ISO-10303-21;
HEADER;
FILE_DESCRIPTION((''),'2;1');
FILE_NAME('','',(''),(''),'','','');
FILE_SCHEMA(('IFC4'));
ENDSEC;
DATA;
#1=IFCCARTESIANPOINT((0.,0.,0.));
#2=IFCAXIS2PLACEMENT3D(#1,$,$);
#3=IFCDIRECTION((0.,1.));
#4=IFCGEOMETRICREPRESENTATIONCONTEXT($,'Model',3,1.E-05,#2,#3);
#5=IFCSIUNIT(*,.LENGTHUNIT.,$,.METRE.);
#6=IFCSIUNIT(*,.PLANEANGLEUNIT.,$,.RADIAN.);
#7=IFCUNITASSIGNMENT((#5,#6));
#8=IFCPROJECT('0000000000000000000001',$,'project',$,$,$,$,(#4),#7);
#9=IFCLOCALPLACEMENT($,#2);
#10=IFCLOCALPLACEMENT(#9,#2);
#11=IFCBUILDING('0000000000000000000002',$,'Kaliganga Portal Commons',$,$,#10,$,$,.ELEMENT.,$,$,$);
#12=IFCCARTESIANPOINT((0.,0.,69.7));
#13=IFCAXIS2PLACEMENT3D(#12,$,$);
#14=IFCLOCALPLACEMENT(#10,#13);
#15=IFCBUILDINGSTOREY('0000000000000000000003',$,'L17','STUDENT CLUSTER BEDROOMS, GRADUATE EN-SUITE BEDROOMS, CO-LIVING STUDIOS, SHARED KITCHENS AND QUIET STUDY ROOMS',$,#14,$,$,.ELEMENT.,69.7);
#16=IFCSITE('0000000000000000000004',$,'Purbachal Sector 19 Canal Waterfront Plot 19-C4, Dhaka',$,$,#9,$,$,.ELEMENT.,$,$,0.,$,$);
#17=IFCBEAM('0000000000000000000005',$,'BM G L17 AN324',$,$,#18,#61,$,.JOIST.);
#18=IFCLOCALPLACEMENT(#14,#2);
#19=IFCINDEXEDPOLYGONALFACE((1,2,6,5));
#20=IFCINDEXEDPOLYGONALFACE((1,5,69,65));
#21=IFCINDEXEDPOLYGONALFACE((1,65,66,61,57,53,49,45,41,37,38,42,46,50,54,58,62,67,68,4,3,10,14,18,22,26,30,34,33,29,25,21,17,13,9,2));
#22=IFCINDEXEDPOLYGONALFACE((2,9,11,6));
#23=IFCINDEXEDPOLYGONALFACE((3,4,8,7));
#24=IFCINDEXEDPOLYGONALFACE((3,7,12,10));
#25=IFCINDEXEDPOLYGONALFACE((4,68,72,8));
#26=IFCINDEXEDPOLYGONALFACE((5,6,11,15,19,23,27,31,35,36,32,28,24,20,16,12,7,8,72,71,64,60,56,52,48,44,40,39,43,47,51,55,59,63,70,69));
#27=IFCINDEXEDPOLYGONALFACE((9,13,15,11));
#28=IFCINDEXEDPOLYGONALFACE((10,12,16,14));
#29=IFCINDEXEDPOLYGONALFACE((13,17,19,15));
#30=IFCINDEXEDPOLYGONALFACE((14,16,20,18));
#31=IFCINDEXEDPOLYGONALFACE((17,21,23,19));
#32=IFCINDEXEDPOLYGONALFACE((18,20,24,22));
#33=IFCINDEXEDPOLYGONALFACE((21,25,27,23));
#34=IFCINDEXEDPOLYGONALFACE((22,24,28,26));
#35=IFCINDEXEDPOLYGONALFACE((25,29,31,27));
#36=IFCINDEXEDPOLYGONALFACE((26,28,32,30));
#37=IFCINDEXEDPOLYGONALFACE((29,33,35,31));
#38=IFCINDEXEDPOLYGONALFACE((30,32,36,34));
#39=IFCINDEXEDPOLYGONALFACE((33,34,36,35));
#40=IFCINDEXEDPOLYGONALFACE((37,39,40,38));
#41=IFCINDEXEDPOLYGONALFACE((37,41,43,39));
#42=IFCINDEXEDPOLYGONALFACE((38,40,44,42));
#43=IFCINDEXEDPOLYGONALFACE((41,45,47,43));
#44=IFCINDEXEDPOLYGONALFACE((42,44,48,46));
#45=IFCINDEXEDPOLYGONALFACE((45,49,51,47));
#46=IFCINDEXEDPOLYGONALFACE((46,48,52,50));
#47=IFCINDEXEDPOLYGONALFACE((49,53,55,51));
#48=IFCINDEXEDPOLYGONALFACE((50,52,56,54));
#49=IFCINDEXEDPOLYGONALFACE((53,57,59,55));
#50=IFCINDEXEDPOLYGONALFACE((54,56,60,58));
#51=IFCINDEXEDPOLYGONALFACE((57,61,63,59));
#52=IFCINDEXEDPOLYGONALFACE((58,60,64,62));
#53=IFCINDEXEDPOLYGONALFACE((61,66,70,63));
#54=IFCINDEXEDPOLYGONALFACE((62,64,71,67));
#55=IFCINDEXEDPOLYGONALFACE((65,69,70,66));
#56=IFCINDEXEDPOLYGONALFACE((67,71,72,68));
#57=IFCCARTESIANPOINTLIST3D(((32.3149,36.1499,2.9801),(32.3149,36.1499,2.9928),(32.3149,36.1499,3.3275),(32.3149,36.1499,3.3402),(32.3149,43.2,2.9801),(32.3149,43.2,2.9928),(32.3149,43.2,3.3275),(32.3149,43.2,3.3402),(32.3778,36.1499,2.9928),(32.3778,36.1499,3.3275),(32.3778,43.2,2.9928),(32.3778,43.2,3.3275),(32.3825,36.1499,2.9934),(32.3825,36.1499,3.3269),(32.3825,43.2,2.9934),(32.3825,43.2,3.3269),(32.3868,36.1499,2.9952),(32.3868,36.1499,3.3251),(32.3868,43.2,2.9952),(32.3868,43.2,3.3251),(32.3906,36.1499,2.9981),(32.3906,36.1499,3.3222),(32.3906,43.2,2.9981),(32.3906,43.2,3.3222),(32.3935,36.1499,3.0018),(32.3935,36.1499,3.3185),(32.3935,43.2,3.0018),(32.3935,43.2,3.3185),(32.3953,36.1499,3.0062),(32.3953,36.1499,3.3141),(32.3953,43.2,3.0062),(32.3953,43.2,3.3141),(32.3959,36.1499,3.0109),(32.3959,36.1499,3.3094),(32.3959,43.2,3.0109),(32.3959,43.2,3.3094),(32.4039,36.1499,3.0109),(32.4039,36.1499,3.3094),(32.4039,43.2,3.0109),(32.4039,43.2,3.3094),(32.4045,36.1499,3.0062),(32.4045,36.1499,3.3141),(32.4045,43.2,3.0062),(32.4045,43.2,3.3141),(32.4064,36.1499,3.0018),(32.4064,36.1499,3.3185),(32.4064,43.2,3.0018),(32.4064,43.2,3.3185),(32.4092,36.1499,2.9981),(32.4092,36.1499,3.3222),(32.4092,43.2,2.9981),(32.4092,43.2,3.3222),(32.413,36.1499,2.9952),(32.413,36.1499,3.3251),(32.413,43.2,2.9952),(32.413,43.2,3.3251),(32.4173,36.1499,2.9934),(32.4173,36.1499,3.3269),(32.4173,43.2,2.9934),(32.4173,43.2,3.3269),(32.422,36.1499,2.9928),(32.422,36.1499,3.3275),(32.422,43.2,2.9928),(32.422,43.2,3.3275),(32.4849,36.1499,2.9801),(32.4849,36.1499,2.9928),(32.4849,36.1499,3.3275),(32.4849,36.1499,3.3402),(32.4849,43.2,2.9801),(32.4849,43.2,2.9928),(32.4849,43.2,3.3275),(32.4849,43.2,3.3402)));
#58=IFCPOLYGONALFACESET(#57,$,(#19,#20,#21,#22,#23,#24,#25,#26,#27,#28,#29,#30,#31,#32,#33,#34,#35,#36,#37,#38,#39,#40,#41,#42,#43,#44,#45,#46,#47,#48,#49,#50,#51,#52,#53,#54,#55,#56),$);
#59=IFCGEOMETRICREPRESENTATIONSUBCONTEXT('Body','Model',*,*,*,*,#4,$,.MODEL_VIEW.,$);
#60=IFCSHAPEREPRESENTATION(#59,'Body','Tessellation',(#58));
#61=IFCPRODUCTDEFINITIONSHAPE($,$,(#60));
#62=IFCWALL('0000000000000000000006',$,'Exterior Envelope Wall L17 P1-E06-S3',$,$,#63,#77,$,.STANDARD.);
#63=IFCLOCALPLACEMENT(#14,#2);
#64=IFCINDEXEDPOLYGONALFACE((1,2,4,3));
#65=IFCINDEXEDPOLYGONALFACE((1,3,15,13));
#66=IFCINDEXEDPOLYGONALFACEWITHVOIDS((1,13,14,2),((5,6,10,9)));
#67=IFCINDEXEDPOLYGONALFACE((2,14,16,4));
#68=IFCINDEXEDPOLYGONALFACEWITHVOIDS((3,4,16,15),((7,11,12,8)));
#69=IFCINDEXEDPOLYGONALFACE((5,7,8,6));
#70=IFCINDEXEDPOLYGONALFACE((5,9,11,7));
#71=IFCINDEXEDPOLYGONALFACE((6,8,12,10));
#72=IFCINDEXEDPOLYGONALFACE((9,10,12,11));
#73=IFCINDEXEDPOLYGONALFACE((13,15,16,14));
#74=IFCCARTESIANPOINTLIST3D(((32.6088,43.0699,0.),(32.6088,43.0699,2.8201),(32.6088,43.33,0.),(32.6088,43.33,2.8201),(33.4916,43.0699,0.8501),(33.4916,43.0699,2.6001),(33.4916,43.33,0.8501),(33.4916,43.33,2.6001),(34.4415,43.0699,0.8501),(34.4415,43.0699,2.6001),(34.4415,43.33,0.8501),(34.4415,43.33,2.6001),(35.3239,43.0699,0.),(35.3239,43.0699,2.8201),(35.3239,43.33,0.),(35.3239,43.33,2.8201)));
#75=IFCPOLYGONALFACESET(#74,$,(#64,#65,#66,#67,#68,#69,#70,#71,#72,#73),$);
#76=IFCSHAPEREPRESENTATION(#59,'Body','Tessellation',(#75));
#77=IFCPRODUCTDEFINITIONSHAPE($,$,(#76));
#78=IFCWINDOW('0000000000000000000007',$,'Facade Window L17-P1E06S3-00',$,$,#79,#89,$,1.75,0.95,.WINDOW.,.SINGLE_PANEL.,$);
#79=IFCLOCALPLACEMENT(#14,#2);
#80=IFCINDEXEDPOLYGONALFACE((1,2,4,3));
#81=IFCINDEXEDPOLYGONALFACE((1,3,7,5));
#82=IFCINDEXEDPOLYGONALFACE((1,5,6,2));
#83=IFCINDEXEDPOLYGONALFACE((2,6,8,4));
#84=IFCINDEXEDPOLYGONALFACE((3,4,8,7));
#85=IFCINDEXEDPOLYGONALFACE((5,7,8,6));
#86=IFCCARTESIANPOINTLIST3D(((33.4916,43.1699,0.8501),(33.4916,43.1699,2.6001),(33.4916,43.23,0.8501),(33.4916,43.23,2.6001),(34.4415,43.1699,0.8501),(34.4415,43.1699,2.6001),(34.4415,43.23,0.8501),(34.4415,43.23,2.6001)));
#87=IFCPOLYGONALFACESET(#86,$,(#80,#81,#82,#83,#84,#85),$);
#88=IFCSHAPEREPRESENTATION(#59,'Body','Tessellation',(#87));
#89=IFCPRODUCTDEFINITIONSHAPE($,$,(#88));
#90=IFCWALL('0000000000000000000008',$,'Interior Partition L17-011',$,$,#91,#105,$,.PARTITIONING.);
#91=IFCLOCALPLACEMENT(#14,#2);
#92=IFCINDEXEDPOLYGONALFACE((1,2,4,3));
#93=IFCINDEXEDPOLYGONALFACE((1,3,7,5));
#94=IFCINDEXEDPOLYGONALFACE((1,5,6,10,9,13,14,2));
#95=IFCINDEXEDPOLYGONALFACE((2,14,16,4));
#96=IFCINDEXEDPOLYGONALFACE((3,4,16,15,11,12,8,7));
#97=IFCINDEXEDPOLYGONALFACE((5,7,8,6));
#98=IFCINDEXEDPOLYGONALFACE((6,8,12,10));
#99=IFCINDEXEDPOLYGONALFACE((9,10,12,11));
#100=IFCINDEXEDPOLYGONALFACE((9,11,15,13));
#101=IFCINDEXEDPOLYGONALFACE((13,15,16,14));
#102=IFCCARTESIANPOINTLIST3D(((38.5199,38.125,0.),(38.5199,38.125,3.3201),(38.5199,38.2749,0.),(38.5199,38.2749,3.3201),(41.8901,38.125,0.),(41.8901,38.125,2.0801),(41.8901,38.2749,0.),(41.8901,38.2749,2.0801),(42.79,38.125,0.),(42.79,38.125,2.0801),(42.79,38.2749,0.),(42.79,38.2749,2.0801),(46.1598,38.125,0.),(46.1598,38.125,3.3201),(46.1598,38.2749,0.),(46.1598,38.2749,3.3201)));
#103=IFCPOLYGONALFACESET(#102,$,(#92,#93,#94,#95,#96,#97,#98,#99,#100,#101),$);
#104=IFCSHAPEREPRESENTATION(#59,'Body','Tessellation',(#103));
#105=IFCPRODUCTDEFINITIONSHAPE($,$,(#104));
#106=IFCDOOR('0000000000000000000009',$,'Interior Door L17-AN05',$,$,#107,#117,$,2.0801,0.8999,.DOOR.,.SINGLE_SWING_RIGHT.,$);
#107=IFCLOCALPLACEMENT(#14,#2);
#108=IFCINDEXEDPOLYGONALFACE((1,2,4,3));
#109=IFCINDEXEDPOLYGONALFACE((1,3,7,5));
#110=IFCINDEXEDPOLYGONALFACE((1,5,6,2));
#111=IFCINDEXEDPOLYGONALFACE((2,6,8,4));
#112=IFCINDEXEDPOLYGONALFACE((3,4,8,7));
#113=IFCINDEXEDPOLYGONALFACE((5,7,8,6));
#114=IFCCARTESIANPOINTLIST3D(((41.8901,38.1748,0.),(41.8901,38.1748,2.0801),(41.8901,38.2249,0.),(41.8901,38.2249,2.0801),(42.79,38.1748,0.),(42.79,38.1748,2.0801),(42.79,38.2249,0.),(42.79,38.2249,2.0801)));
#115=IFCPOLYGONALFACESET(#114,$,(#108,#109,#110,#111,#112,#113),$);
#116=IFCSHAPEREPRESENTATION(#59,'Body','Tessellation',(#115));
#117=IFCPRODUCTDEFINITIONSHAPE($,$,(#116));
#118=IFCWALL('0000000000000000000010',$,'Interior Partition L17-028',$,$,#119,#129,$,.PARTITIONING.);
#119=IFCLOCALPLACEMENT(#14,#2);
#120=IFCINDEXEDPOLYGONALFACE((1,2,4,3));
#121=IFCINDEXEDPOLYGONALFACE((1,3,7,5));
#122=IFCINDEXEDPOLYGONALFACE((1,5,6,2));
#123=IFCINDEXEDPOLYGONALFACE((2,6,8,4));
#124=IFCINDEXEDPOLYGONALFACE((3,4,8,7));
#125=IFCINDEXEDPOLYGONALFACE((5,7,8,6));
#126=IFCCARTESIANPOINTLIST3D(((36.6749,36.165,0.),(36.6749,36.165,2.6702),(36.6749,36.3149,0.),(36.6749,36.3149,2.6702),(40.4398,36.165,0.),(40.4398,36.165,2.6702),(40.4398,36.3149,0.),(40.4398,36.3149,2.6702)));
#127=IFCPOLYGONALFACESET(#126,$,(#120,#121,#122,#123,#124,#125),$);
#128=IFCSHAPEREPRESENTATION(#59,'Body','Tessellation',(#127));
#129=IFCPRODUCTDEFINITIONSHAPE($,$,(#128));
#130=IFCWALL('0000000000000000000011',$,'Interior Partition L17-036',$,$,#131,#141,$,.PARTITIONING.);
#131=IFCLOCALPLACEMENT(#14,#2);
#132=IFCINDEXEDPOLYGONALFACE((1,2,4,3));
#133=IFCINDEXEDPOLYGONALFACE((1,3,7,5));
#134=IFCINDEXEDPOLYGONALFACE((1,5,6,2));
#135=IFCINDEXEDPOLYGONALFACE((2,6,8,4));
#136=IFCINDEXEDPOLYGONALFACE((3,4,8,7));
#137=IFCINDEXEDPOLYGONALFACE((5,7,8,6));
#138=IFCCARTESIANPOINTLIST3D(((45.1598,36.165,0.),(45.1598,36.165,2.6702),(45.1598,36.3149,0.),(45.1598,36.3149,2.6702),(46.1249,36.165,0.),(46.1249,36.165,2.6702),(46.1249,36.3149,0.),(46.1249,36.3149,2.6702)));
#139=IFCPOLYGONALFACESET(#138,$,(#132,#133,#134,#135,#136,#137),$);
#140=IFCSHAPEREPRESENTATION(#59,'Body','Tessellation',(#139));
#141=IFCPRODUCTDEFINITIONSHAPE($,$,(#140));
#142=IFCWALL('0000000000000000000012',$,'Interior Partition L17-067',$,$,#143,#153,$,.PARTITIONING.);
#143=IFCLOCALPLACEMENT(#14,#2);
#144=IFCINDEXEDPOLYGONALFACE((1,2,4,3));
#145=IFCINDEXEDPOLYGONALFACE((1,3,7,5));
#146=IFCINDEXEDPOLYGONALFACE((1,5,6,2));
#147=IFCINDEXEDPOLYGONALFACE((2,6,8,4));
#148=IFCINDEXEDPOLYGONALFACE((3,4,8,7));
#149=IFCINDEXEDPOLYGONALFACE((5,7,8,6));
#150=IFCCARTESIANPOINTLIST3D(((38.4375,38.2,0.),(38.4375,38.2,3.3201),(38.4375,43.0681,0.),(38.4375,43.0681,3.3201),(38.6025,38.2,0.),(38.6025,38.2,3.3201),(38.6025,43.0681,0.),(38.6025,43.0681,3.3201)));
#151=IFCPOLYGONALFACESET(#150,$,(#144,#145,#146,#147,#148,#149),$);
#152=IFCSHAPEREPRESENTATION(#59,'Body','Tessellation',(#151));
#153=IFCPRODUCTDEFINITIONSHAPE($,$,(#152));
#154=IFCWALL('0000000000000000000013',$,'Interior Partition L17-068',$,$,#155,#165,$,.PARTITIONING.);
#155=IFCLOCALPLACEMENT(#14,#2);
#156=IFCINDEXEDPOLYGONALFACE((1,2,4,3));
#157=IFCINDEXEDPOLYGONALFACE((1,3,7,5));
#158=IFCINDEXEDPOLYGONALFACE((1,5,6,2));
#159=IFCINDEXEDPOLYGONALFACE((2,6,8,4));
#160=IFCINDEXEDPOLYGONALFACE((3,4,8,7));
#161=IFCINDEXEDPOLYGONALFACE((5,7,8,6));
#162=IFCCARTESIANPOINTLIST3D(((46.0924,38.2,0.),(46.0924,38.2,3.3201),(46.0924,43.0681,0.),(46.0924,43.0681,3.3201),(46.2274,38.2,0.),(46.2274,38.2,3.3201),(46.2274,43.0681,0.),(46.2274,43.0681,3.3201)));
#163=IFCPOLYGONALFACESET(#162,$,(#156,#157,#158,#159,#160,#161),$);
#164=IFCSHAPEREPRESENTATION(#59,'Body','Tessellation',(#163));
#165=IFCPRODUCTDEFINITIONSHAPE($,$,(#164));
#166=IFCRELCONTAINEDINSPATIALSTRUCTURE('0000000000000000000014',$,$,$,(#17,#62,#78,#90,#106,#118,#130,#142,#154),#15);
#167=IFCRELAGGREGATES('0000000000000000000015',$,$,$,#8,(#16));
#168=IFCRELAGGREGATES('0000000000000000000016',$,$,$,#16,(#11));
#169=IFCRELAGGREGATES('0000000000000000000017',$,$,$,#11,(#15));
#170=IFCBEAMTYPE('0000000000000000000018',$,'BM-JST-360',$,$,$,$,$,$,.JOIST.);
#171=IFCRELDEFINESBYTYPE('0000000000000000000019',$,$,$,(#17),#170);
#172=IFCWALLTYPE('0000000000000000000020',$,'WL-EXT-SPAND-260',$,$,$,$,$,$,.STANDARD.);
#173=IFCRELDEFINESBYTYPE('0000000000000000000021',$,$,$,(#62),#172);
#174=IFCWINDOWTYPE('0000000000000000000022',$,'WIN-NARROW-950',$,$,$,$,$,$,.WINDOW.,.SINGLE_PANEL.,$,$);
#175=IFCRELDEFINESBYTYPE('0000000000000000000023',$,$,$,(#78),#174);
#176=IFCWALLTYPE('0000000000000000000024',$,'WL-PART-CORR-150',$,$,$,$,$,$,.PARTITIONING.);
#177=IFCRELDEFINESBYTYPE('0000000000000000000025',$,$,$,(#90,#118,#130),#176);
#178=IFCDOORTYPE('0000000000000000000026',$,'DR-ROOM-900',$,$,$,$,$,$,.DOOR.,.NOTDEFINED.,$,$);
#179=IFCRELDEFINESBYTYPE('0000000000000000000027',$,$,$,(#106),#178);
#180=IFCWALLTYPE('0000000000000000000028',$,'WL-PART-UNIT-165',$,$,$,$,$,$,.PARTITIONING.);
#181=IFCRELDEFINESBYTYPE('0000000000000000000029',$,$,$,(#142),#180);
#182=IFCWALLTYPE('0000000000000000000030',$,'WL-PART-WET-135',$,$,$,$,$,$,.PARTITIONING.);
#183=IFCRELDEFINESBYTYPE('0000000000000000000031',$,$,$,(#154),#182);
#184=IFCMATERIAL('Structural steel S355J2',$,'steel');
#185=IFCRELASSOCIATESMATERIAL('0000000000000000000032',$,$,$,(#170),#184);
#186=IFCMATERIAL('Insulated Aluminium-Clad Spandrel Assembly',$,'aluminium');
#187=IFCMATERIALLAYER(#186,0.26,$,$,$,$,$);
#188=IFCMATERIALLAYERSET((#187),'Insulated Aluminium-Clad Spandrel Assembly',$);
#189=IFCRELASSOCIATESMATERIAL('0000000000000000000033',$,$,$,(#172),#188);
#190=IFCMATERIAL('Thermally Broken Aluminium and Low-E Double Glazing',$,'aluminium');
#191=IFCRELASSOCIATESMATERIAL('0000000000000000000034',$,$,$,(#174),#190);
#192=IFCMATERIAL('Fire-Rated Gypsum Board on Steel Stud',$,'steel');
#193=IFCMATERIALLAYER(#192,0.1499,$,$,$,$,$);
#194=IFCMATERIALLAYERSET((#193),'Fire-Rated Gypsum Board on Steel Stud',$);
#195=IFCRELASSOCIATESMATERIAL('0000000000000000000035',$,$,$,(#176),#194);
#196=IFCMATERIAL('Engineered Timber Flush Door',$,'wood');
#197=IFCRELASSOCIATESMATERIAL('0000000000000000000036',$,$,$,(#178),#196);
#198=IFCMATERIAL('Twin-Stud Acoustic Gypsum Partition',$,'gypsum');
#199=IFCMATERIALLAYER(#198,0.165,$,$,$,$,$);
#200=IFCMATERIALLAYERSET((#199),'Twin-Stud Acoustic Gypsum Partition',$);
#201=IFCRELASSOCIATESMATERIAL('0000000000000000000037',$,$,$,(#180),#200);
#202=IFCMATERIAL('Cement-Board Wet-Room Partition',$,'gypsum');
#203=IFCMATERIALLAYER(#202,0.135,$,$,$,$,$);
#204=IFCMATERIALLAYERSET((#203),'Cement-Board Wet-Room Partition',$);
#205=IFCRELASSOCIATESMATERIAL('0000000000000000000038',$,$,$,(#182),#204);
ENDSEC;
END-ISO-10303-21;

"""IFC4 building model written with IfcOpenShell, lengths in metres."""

from ifc_helpers import new_model, si_unit, direction, frame, frame_2d, origin, origin_2d, place, context, subcontext, project, spatial, rectangle, i_section, extrude, source, transform, mapped, material, layer, layer_set, material_profile, profile_set, type_object, element, fill, save


model = new_model("IFC4")

# Units and contexts
model_context = context("Model", 3, precision=1e-05, world=origin(), true_north=direction((0.0, 1.0)))
body_context = subcontext(model_context, "Body", "Model", "MODEL_VIEW")
ifc_project = project(units=[si_unit("LENGTHUNIT", "METRE"), si_unit("PLANEANGLEUNIT", "RADIAN")], contexts=[model_context])

# Site, building, storey
site_placement = place(None, origin())
site = spatial("IfcSite", under=ifc_project, at=site_placement, Name="Purbachal Sector 19 Canal Waterfront Plot 19-C4, Dhaka", CompositionType="ELEMENT", RefElevation=0.0)
building_placement = place(site_placement, origin())
building = spatial("IfcBuilding", under=site, at=building_placement, Name="Kaliganga Portal Commons", CompositionType="ELEMENT")
storey_placement = place(building_placement, frame((0.0, 0.0, 69.7)))
storey = spatial("IfcBuildingStorey", under=building, at=storey_placement, Name="L17", Description="STUDENT CLUSTER BEDROOMS, GRADUATE EN-SUITE BEDROOMS, CO-LIVING STUDIOS, SHARED KITCHENS AND QUIET STUDY ROOMS", CompositionType="ELEMENT", Elevation=69.7)

# Beam
ifc_material_1 = material(Name="Structural steel S355J2", Category="steel")
ifc_material_profile_1 = material_profile(ifc_material_1, i_section(OverallWidth=0.1699, OverallDepth=0.3601, WebThickness=0.0081, FlangeThickness=0.0127, FilletRadius=0.0181, at=origin_2d()), Name="IPE 360")
ifc_profile_set_1 = profile_set([ifc_material_profile_1], Name="Structural steel S355J2 wide-flange")
beam_type_1 = type_object("IfcBeamType", Name="BM-JST-360", PredefinedType="JOIST", material=ifc_profile_set_1)
shared_shape_1 = source(origin(), body_context, "Body", "SweptSolid", [
    extrude(i_section(OverallWidth=0.1699, OverallDepth=0.3601, WebThickness=0.0081, FlangeThickness=0.0127, FilletRadius=0.0181, at=origin_2d()), origin(), (0.0, 0.0, 1.0), 7.05),
])
beam_1_placement = place(storey_placement, frame((32.3999, 36.1499, 3.1602), z_axis=(0.0, 1.0, 0.0), x_axis=(-1.0, 0.0, 0.0)))
element("IfcBeam", 1, at=beam_1_placement, inside=storey, type_object=beam_type_1, Name="BM G L17 AN324", PredefinedType="JOIST", context=body_context, shape_type="MappedRepresentation", body=[
    mapped(shared_shape_1, transform((0.0, 0.0, 0.0), x_axis=(1.0, 0.0, 0.0), y_axis=(0.0, 1.0, 0.0), z_axis=(0.0, 0.0, 1.0), scale=1.0)),
])

# Shared definitions
ifc_material_2 = material(Name="Insulated Aluminium-Clad Spandrel Assembly", Category="aluminium")
ifc_layer_1 = layer(ifc_material_2, 0.26)
ifc_layer_set_1 = layer_set([ifc_layer_1], Name="Insulated Aluminium-Clad Spandrel Assembly")
wall_type_1 = type_object("IfcWallType", Name="WL-EXT-SPAND-260", PredefinedType="STANDARD", material=ifc_layer_set_1)
ifc_material_3 = material(Name="Thermally Broken Aluminium and Low-E Double Glazing", Category="aluminium")

# Wall, opening, window
wall_1_placement = place(storey_placement, frame((32.6089, 43.2, 0.0), z_axis=(0.0, 0.0, 1.0), x_axis=(1.0, 0.0, 0.0)))
wall_1 = element("IfcWall", 2, at=wall_1_placement, inside=storey, type_object=wall_type_1, Name="Exterior Envelope Wall L17 P1-E06-S3", PredefinedType="STANDARD", context=body_context, shape_type="SweptSolid", body=[
    extrude(rectangle(XDim=2.7151, YDim=0.26, at=frame_2d((1.3574, 0.0))), origin(), (0.0, 0.0, 1.0), 2.8201),
])
opening_1_placement = place(wall_1_placement, frame((0.8826, 0.0, 0.8501)))
opening_1 = element("IfcOpeningElement", 3, at=opening_1_placement, cuts=wall_1, PredefinedType="OPENING", context=body_context, shape_type="SweptSolid", body=[
    extrude(rectangle(XDim=0.95, YDim=1.75, at=frame_2d((0.4751, 0.875))), frame((0.0, 0.1401, 0.0), z_axis=(0.0, -1.0, 0.0), x_axis=(1.0, 0.0, 0.0)), (0.0, 0.0, 1.0), 0.28),
])
window_type_1 = type_object("IfcWindowType", Name="WIN-NARROW-950", PartitioningType="SINGLE_PANEL", PredefinedType="WINDOW", material=ifc_material_3)
window_1_placement = place(opening_1_placement, origin())
window_1 = element("IfcWindow", 4, at=window_1_placement, inside=storey, type_object=window_type_1, Name="Facade Window L17-P1E06S3-00", OverallHeight=1.75, OverallWidth=0.95, PartitioningType="SINGLE_PANEL", PredefinedType="WINDOW", context=body_context, shape_type="SweptSolid", body=[
    extrude(rectangle(XDim=0.95, YDim=1.75, at=frame_2d((0.4751, 0.875))), frame((0.0, 0.03, 0.0), z_axis=(0.0, -1.0, 0.0), x_axis=(1.0, 0.0, 0.0)), (0.0, 0.0, 1.0), 0.0601),
])
fill(opening_1, window_1)

# Wall, opening, door
ifc_material_4 = material(Name="Fire-Rated Gypsum Board on Steel Stud", Category="steel")
ifc_layer_2 = layer(ifc_material_4, 0.1499)
ifc_layer_set_2 = layer_set([ifc_layer_2], Name="Fire-Rated Gypsum Board on Steel Stud")
wall_type_2 = type_object("IfcWallType", Name="WL-PART-CORR-150", PredefinedType="PARTITIONING", material=ifc_layer_set_2)
wall_2_placement = place(storey_placement, frame((38.52, 38.2, 0.0), z_axis=(0.0, 0.0, 1.0), x_axis=(1.0, 0.0, 0.0)))
wall_2 = element("IfcWall", 5, at=wall_2_placement, inside=storey, type_object=wall_type_2, Name="Interior Partition L17-011", PredefinedType="PARTITIONING", context=body_context, shape_type="SweptSolid", body=[
    extrude(rectangle(XDim=7.6399, YDim=0.1499, at=frame_2d((3.8198, 0.0))), origin(), (0.0, 0.0, 1.0), 3.3201),
])
opening_2_placement = place(wall_2_placement, frame((3.3701, 0.0, 0.0)))
opening_2 = element("IfcOpeningElement", 6, at=opening_2_placement, cuts=wall_2, PredefinedType="OPENING", context=body_context, shape_type="SweptSolid", body=[
    extrude(rectangle(XDim=0.8999, YDim=2.0801, at=frame_2d((0.45, 1.04))), frame((0.0, 0.085, 0.0), z_axis=(0.0, -1.0, 0.0), x_axis=(1.0, 0.0, 0.0)), (0.0, 0.0, 1.0), 0.1699),
])
ifc_material_5 = material(Name="Engineered Timber Flush Door", Category="wood")
door_type_1 = type_object("IfcDoorType", Name="DR-ROOM-900", OperationType="NOTDEFINED", PredefinedType="DOOR", material=ifc_material_5)
door_1_placement = place(opening_2_placement, origin())
door_1 = element("IfcDoor", 7, at=door_1_placement, inside=storey, type_object=door_type_1, Name="Interior Door L17-AN05", OperationType="SINGLE_SWING_RIGHT", OverallHeight=2.0801, OverallWidth=0.8999, PredefinedType="DOOR", context=body_context, shape_type="SweptSolid", body=[
    extrude(rectangle(XDim=0.8999, YDim=2.0801, at=frame_2d((0.45, 1.04))), frame((0.0, 0.0249, 0.0), z_axis=(0.0, -1.0, 0.0), x_axis=(1.0, 0.0, 0.0)), (0.0, 0.0, 1.0), 0.05),
])
fill(opening_2, door_1)

# Wall
wall_3_placement = place(storey_placement, frame((36.675, 36.24, 0.0), z_axis=(0.0, 0.0, 1.0), x_axis=(1.0, 0.0, 0.0)))
element("IfcWall", 8, at=wall_3_placement, inside=storey, type_object=wall_type_2, Name="Interior Partition L17-028", PredefinedType="PARTITIONING", context=body_context, shape_type="SweptSolid", body=[
    extrude(rectangle(XDim=3.7649, YDim=0.1499, at=frame_2d((1.8823, 0.0))), origin(), (0.0, 0.0, 1.0), 2.6702),
])

# Wall
wall_4_placement = place(storey_placement, frame((45.1599, 36.24, 0.0), z_axis=(0.0, 0.0, 1.0), x_axis=(1.0, 0.0, 0.0)))
element("IfcWall", 9, at=wall_4_placement, inside=storey, type_object=wall_type_2, Name="Interior Partition L17-036", PredefinedType="PARTITIONING", context=body_context, shape_type="SweptSolid", body=[
    extrude(rectangle(XDim=0.9651, YDim=0.1499, at=frame_2d((0.4824, 0.0))), origin(), (0.0, 0.0, 1.0), 2.6702),
])

# Walls
ifc_material_6 = material(Name="Twin-Stud Acoustic Gypsum Partition", Category="gypsum")
ifc_layer_3 = layer(ifc_material_6, 0.165)
ifc_layer_set_3 = layer_set([ifc_layer_3], Name="Twin-Stud Acoustic Gypsum Partition")
wall_type_3 = type_object("IfcWallType", Name="WL-PART-UNIT-165", PredefinedType="PARTITIONING", material=ifc_layer_set_3)
wall_5_placement = place(storey_placement, frame((38.52, 38.2, 0.0), z_axis=(0.0, 0.0, 1.0), x_axis=(0.0, 1.0, 0.0)))
element("IfcWall", 10, at=wall_5_placement, inside=storey, type_object=wall_type_3, Name="Interior Partition L17-067", PredefinedType="PARTITIONING", context=body_context, shape_type="SweptSolid", body=[
    extrude(rectangle(XDim=4.8682, YDim=0.165, at=frame_2d((2.4341, 0.0))), origin(), (0.0, 0.0, 1.0), 3.3201),
])
ifc_material_7 = material(Name="Cement-Board Wet-Room Partition", Category="gypsum")
ifc_layer_4 = layer(ifc_material_7, 0.135)
ifc_layer_set_4 = layer_set([ifc_layer_4], Name="Cement-Board Wet-Room Partition")
wall_type_4 = type_object("IfcWallType", Name="WL-PART-WET-135", PredefinedType="PARTITIONING", material=ifc_layer_set_4)
wall_6_placement = place(storey_placement, frame((46.1599, 38.2, 0.0), z_axis=(0.0, 0.0, 1.0), x_axis=(0.0, 1.0, 0.0)))
element("IfcWall", 11, at=wall_6_placement, inside=storey, type_object=wall_type_4, Name="Interior Partition L17-068", PredefinedType="PARTITIONING", context=body_context, shape_type="SweptSolid", body=[
    extrude(rectangle(XDim=4.8682, YDim=0.135, at=frame_2d((2.4341, 0.0))), origin(), (0.0, 0.0, 1.0), 3.3201),
])

save(model, "model.ifc")
